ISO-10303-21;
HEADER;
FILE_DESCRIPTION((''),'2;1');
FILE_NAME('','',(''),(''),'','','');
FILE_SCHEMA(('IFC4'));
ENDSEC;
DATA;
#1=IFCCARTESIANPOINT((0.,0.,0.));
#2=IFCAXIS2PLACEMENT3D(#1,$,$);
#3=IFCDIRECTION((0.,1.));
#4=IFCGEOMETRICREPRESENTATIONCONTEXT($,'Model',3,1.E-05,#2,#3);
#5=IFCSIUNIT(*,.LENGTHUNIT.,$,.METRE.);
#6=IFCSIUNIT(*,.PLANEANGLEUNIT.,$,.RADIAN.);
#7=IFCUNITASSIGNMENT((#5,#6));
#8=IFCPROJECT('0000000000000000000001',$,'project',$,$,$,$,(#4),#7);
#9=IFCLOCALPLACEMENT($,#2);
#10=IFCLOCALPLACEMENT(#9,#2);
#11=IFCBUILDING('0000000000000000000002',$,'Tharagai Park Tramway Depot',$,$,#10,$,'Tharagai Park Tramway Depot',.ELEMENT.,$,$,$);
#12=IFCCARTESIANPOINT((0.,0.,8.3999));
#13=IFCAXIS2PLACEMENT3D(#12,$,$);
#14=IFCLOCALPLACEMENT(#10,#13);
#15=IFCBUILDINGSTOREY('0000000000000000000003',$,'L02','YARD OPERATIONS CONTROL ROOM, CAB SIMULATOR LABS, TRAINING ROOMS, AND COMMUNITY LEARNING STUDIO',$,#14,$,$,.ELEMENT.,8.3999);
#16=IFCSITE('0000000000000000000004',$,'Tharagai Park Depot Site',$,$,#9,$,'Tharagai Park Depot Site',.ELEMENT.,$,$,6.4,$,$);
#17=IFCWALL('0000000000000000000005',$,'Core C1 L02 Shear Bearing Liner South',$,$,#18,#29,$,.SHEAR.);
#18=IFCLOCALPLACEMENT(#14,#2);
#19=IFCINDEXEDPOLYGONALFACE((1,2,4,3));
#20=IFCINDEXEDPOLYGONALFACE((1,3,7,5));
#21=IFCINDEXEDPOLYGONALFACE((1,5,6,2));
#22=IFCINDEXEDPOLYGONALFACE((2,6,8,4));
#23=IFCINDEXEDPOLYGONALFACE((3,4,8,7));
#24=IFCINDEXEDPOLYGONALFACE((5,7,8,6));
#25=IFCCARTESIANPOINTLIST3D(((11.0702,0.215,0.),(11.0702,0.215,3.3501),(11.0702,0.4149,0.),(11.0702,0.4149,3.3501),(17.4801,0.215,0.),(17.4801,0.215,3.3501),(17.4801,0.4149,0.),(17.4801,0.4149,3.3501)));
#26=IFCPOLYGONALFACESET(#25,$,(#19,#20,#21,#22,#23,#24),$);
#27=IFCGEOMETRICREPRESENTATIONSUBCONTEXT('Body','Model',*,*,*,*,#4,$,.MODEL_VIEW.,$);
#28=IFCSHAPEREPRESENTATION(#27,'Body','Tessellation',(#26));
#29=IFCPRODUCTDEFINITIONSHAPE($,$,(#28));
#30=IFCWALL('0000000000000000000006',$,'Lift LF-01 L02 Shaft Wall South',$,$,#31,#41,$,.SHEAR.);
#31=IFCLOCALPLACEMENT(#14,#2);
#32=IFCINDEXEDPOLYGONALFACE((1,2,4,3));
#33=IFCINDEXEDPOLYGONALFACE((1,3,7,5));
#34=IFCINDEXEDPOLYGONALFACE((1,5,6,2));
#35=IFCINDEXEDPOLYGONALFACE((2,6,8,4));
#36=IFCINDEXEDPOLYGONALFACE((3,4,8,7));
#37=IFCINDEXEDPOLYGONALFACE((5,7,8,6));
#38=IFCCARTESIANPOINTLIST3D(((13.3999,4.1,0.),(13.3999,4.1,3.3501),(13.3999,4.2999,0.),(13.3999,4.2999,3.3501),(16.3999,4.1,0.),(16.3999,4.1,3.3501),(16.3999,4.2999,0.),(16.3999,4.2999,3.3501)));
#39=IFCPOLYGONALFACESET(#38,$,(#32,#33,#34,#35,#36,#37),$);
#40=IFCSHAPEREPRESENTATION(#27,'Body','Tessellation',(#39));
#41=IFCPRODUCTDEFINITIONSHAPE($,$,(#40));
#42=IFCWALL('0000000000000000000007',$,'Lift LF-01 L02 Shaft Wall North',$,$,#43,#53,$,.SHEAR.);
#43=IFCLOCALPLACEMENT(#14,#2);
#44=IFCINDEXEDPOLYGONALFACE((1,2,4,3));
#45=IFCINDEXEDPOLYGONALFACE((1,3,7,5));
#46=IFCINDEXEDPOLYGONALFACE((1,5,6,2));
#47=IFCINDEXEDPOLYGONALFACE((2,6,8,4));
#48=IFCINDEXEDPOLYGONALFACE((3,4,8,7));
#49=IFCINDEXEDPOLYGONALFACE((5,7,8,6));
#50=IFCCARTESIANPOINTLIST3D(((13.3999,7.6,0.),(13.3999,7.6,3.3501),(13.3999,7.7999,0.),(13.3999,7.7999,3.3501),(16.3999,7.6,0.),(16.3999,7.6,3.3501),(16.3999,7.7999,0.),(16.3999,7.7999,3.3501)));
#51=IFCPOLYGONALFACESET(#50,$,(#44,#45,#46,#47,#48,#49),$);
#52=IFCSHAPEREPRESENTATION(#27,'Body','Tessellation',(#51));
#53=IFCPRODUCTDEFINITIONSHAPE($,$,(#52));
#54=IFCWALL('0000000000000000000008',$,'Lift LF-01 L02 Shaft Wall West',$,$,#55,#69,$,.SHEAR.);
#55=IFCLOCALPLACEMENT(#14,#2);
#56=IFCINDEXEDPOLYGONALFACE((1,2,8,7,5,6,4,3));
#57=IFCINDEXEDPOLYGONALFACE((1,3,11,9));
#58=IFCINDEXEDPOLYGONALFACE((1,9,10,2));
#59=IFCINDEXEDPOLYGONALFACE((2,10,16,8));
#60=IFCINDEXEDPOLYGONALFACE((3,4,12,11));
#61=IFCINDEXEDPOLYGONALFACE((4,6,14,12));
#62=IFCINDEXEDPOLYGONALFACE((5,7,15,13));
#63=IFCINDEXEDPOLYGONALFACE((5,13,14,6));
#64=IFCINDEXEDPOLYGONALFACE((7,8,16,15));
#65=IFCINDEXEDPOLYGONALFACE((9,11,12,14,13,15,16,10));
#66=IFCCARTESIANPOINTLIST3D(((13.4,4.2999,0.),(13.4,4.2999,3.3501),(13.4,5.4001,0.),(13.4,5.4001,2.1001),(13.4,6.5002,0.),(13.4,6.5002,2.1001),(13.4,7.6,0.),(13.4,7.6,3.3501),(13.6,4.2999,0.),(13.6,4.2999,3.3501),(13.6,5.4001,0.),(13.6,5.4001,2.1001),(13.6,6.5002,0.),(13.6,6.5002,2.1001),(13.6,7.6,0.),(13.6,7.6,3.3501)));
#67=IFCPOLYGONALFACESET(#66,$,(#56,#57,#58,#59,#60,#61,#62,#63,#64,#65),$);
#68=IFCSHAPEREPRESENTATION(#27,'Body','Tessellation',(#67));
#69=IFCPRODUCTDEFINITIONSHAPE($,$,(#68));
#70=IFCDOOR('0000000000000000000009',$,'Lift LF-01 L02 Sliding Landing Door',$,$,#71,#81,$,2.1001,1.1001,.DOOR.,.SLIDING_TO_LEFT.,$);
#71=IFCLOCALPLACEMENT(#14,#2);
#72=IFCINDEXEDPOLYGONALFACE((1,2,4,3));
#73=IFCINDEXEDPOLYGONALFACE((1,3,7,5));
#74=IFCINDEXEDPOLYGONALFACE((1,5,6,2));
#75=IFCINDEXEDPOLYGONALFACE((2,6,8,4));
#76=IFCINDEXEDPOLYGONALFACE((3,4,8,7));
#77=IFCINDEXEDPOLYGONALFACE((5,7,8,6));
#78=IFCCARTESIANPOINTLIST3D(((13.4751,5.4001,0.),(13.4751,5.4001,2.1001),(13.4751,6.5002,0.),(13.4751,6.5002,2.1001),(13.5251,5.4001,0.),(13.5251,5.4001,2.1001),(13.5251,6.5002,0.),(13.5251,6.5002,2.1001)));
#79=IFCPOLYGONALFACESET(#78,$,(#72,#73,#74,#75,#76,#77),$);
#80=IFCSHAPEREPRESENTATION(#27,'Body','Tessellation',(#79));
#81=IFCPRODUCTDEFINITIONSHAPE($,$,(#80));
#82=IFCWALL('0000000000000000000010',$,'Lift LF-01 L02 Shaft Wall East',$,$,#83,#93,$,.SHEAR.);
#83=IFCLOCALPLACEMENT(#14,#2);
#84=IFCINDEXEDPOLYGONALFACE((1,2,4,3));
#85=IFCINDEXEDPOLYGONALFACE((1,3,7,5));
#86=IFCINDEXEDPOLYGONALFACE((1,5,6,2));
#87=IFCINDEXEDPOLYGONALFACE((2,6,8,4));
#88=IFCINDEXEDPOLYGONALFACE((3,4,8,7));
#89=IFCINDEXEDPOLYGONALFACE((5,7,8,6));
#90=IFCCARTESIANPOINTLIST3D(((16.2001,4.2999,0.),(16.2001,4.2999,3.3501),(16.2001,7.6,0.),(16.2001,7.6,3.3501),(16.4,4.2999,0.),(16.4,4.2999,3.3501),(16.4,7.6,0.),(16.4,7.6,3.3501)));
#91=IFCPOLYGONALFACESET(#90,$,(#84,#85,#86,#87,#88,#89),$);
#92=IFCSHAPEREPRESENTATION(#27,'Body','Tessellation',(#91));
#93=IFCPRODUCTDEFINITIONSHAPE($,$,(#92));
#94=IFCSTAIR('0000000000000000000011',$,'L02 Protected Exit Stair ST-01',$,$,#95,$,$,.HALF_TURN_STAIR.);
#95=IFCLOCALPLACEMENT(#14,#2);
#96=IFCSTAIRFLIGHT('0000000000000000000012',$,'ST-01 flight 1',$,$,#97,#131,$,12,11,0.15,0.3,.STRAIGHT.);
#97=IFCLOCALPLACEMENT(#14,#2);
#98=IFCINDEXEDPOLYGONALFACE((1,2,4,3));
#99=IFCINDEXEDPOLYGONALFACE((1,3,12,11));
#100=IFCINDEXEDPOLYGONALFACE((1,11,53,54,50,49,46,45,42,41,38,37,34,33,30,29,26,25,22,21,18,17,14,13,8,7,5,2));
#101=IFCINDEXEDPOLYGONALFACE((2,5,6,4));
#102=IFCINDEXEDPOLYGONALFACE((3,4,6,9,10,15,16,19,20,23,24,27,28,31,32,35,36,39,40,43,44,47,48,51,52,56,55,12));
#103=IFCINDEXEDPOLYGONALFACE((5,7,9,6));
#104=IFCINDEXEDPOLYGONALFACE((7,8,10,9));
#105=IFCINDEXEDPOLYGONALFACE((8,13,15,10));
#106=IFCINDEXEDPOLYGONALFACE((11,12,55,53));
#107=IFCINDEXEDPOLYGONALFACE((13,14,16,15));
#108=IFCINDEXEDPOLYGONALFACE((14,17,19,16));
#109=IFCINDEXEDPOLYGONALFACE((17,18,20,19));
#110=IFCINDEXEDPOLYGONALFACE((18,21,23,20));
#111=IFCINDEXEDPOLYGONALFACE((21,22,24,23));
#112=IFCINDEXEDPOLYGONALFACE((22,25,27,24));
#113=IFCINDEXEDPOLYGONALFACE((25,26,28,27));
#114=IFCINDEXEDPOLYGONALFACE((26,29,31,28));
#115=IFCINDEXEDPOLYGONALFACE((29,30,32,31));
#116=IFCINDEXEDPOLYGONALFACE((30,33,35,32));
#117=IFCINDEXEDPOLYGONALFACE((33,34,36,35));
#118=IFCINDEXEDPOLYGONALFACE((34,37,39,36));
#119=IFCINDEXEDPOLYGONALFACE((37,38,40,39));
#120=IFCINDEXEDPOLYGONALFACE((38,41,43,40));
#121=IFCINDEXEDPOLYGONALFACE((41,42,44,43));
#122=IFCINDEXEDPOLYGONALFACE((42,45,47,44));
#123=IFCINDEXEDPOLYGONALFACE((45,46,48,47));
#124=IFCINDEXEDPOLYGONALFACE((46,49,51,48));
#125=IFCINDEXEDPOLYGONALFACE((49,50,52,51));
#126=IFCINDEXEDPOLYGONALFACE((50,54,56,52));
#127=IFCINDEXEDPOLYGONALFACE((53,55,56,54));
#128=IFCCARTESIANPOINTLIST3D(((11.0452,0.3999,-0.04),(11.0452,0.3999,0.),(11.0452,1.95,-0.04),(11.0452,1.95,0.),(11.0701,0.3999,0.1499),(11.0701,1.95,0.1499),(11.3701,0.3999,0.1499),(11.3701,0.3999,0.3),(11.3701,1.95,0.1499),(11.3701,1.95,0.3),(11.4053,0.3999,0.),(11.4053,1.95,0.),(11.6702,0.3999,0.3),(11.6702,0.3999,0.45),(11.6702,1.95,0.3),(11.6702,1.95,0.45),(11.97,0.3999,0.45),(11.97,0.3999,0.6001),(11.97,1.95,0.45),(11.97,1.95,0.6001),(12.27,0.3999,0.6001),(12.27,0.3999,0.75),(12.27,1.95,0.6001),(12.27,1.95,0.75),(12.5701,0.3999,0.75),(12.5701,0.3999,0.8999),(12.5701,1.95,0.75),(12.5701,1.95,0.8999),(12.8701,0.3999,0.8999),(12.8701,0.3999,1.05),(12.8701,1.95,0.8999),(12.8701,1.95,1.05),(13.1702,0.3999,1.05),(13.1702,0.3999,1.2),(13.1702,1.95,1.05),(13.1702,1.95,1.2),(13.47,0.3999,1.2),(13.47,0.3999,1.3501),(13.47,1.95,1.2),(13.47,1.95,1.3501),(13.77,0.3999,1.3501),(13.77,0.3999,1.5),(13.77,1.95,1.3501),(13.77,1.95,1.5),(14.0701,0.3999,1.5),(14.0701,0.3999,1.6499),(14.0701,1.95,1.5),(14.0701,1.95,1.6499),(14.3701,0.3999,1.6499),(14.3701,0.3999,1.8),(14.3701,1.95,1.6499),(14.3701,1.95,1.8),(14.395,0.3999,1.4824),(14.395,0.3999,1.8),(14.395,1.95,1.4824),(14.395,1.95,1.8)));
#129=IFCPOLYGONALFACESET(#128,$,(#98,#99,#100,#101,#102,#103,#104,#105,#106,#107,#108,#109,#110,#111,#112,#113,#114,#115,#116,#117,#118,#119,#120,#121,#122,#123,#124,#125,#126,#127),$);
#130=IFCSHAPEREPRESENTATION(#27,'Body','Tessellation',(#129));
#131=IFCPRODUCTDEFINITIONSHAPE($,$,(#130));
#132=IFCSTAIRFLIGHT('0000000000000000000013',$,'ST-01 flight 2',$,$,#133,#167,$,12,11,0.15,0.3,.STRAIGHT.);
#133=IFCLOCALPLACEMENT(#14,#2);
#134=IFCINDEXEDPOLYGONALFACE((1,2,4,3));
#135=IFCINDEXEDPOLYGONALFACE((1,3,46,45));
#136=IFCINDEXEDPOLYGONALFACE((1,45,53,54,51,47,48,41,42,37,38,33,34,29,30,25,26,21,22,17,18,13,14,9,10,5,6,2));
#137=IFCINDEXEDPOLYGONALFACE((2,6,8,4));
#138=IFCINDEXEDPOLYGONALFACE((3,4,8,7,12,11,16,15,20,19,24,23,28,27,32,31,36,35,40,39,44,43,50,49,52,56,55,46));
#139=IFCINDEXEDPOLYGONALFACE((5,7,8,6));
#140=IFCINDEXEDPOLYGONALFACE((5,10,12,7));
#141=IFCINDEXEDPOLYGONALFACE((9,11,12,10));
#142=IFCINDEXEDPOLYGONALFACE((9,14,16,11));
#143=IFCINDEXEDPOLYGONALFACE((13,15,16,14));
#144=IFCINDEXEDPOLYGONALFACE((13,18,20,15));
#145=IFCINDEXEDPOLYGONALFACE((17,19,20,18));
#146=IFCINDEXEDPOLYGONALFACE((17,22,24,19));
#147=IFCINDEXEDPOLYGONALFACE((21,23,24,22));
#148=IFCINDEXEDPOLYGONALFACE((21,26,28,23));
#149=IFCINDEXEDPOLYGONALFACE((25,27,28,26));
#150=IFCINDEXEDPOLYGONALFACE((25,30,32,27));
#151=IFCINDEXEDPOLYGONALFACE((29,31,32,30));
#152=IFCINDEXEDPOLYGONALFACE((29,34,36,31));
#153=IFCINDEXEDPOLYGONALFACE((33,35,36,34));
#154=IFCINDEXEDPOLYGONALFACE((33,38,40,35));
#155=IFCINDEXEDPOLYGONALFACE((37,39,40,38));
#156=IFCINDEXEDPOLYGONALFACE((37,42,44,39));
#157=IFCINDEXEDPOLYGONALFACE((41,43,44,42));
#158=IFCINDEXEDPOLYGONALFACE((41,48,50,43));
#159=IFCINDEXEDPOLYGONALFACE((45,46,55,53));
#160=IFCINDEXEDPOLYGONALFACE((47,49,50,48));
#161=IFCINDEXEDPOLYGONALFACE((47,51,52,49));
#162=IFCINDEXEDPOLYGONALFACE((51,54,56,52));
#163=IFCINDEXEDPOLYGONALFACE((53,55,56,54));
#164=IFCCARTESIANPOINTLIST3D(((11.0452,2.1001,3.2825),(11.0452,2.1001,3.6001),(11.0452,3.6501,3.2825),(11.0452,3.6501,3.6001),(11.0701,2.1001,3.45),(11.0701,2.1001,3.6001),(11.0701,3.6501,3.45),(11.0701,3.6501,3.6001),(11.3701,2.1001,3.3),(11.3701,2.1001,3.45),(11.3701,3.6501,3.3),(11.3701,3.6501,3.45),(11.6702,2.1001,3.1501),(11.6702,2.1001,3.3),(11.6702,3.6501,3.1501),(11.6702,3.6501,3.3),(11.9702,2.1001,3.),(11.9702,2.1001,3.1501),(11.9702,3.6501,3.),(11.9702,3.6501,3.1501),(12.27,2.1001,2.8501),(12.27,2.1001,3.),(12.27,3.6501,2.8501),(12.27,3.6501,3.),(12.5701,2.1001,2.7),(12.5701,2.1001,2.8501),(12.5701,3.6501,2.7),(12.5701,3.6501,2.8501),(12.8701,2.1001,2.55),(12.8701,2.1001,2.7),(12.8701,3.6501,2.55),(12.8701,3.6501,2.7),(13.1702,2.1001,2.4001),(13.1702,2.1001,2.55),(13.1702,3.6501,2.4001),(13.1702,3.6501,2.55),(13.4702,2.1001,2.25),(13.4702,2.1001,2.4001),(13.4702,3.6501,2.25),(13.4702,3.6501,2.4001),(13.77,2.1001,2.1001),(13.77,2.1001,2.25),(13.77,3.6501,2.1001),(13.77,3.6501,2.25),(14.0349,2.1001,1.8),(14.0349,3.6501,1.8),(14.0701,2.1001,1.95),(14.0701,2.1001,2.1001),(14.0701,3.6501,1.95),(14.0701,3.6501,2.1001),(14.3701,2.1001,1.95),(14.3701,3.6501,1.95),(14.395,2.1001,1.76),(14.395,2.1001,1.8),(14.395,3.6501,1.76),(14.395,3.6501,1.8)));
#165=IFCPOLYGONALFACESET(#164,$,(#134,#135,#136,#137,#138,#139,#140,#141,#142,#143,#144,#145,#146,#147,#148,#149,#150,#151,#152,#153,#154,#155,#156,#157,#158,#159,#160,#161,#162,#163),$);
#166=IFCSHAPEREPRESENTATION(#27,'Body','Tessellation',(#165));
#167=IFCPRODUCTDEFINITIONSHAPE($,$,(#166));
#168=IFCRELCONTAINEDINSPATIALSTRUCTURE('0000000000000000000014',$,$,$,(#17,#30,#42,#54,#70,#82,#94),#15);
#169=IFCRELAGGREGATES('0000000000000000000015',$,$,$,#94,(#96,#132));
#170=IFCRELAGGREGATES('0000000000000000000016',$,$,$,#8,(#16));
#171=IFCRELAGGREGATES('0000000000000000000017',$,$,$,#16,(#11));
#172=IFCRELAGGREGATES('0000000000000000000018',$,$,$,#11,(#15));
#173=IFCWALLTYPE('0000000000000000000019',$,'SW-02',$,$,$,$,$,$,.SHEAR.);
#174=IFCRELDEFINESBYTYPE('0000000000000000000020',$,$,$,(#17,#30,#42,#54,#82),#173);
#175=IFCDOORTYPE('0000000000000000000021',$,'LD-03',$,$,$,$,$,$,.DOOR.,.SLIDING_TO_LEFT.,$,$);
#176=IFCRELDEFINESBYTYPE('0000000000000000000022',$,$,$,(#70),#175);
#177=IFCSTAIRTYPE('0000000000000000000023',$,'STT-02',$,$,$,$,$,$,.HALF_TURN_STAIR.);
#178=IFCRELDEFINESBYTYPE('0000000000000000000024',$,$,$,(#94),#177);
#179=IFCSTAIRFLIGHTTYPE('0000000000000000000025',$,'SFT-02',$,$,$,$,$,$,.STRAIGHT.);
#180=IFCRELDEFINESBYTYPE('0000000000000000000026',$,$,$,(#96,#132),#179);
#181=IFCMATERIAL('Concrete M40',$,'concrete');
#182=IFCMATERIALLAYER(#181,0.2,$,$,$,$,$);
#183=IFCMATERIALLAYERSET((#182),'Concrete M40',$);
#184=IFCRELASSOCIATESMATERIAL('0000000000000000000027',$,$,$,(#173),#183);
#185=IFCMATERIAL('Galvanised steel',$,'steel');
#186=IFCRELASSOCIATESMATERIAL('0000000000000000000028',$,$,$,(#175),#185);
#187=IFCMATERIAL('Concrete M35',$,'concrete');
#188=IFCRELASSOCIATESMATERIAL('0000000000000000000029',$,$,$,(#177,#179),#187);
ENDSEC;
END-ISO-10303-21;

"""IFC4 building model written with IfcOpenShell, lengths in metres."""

from ifc_helpers import new_model, si_unit, direction, frame, frame_2d, origin, place, context, subcontext, project, spatial, polyline, rectangle, outline, extrude, material, layer, layer_set, type_object, element, fill, aggregate, save


model = new_model("IFC4")

# Units and contexts
model_context = context("Model", 3, precision=1e-05, world=origin(), true_north=direction((0.0, 1.0)))
body_context = subcontext(model_context, "Body", "Model", "MODEL_VIEW")
ifc_project = project(units=[si_unit("LENGTHUNIT", "METRE"), si_unit("PLANEANGLEUNIT", "RADIAN")], contexts=[model_context])

# Site, building, storey
site_placement = place(None, origin())
site = spatial("IfcSite", under=ifc_project, at=site_placement, Name="Tharagai Park Depot Site", LongName="Tharagai Park Depot Site", CompositionType="ELEMENT", RefElevation=6.4)
building_placement = place(site_placement, origin())
building = spatial("IfcBuilding", under=site, at=building_placement, Name="Tharagai Park Tramway Depot", LongName="Tharagai Park Tramway Depot", CompositionType="ELEMENT")
storey_placement = place(building_placement, frame((0.0, 0.0, 8.3999)))
storey = spatial("IfcBuildingStorey", under=building, at=storey_placement, Name="L02", Description="YARD OPERATIONS CONTROL ROOM, CAB SIMULATOR LABS, TRAINING ROOMS, AND COMMUNITY LEARNING STUDIO", CompositionType="ELEMENT", Elevation=8.3999)

# Shared definitions
ifc_material_1 = material(Name="Concrete M40", Category="concrete")

# Shared definitions
ifc_material_2 = material(Name="Concrete M35", Category="concrete")

# Shared definitions
ifc_material_3 = material(Name="Galvanised steel", Category="steel")

# Walls
ifc_layer_1 = layer(ifc_material_1, 0.2)
ifc_layer_set_1 = layer_set([ifc_layer_1], Name="Concrete M40")
wall_type_1 = type_object("IfcWallType", Name="SW-02", PredefinedType="SHEAR", material=ifc_layer_set_1)
wall_1_placement = place(storey_placement, frame((11.0701, 0.3149, 0.0), z_axis=(0.0, 0.0, 1.0), x_axis=(1.0, 0.0, 0.0)))
element("IfcWall", 1, at=wall_1_placement, inside=storey, type_object=wall_type_1, Name="Core C1 L02 Shear Bearing Liner South", PredefinedType="SHEAR", context=body_context, shape_type="SweptSolid", body=[
    extrude(rectangle(XDim=6.4099, YDim=0.2, at=frame_2d((3.2051, 0.0))), origin(), (0.0, 0.0, 1.0), 3.3501),
])
for number, where, z_axis, x_axis, name in (
    (2, (13.3999, 4.2, 0.0), (0.0, 0.0, 1.0), (1.0, 0.0, 0.0), "Lift LF-01 L02 Shaft Wall South"),
    (3, (13.3999, 7.7, 0.0), (0.0, 0.0, 1.0), (1.0, 0.0, 0.0), "Lift LF-01 L02 Shaft Wall North"),
):
    element("IfcWall", number, at=place(storey_placement, frame(where, z_axis=z_axis, x_axis=x_axis)), inside=storey, type_object=wall_type_1, Name=name, PredefinedType="SHEAR", context=body_context, shape_type="SweptSolid", body=[
        extrude(rectangle(XDim=3.0, YDim=0.2, at=frame_2d((1.5, 0.0))), origin(), (0.0, 0.0, 1.0), 3.3501),
    ])

# Wall, opening, door
wall_2_placement = place(storey_placement, frame((13.5, 4.3, 0.0), z_axis=(0.0, 0.0, 1.0), x_axis=(0.0, 1.0, 0.0)))
wall_2 = element("IfcWall", 4, at=wall_2_placement, inside=storey, type_object=wall_type_1, Name="Lift LF-01 L02 Shaft Wall West", PredefinedType="SHEAR", context=body_context, shape_type="SweptSolid", body=[
    extrude(rectangle(XDim=3.3, YDim=0.2, at=frame_2d((1.6499, 0.0))), origin(), (0.0, 0.0, 1.0), 3.3501),
])
opening_1_placement = place(wall_2_placement, frame((1.1001, 0.0, 0.0)))
opening_1 = element("IfcOpeningElement", 5, at=opening_1_placement, cuts=wall_2, PredefinedType="OPENING", context=body_context, shape_type="SweptSolid", body=[
    extrude(rectangle(XDim=1.1001, YDim=2.1001, at=frame_2d((0.55, 1.05))), frame((0.0, 0.1099, 0.0), z_axis=(0.0, -1.0, 0.0), x_axis=(1.0, 0.0, 0.0)), (0.0, 0.0, 1.0), 0.22),
])
door_type_1 = type_object("IfcDoorType", Name="LD-03", OperationType="SLIDING_TO_LEFT", PredefinedType="DOOR", material=ifc_material_3)
door_1_placement = place(opening_1_placement, origin())
door_1 = element("IfcDoor", 6, at=door_1_placement, inside=storey, type_object=door_type_1, Name="Lift LF-01 L02 Sliding Landing Door", OperationType="SLIDING_TO_LEFT", OverallHeight=2.1001, OverallWidth=1.1001, PredefinedType="DOOR", context=body_context, shape_type="SweptSolid", body=[
    extrude(rectangle(XDim=1.1001, YDim=2.1001, at=frame_2d((0.55, 1.05))), frame((0.0, 0.0249, 0.0), z_axis=(0.0, -1.0, 0.0), x_axis=(1.0, 0.0, 0.0)), (0.0, 0.0, 1.0), 0.05),
])
fill(opening_1, door_1)

# Wall
wall_3_placement = place(storey_placement, frame((16.3, 4.3, 0.0), z_axis=(0.0, 0.0, 1.0), x_axis=(0.0, 1.0, 0.0)))
element("IfcWall", 7, at=wall_3_placement, inside=storey, type_object=wall_type_1, Name="Lift LF-01 L02 Shaft Wall East", PredefinedType="SHEAR", context=body_context, shape_type="SweptSolid", body=[
    extrude(rectangle(XDim=3.3, YDim=0.2, at=frame_2d((1.6499, 0.0))), origin(), (0.0, 0.0, 1.0), 3.3501),
])

# Stair, stair flights
stair_type = type_object("IfcStairType", Name="STT-02", PredefinedType="HALF_TURN_STAIR", material=ifc_material_2)
stair_placement = place(storey_placement, origin())
stair = element("IfcStair", 8, at=stair_placement, inside=storey, type_object=stair_type, Name="L02 Protected Exit Stair ST-01", PredefinedType="HALF_TURN_STAIR")
stair_flight_type = type_object("IfcStairFlightType", Name="SFT-02", PredefinedType="STRAIGHT", material=ifc_material_2)
stair_flight_1_placement = place(storey_placement, frame((11.0701, 1.175, 0.0), z_axis=(0.0, 0.0, 1.0), x_axis=(1.0, 0.0, 0.0)))
stair_flight_1 = element("IfcStairFlight", 9, at=stair_flight_1_placement, type_object=stair_flight_type, Name="ST-01 flight 1", NumberOfRisers=12, NumberOfTreads=11, PredefinedType="STRAIGHT", RiserHeight=0.15, TreadLength=0.3, context=body_context, shape_type="SweptSolid", body=[
    extrude(outline(polyline([(-0.0249, 0.0), (0.0, 0.1499), (0.3, 0.1499), (0.3, 0.3), (0.6001, 0.3), (0.6001, 0.45), (0.8999, 0.45), (0.8999, 0.6001), (1.2, 0.6001), (1.2, 0.75), (1.5, 0.75), (1.5, 0.8999), (1.8, 0.8999), (1.8, 1.05), (2.1001, 1.05), (2.1001, 1.2), (2.3999, 1.2), (2.3999, 1.3501), (2.7, 1.3501), (2.7, 1.5), (3.0, 1.5), (3.0, 1.6499), (3.3, 1.6499), (3.3, 1.8), (3.325, 1.8), (3.325, 1.4824), (0.3352, 0.0), (-0.0249, -0.04), (-0.0249, 0.0)])), frame((0.0, 0.7749, 0.0), z_axis=(0.0, -1.0, 0.0), x_axis=(1.0, 0.0, 0.0)), (0.0, 0.0, 1.0), 1.55),
])
stair_flight_2_placement = place(storey_placement, frame((14.3701, 2.875, 1.8), z_axis=(0.0, 0.0, 1.0), x_axis=(-1.0, 0.0, 0.0)))
stair_flight_2 = element("IfcStairFlight", 10, at=stair_flight_2_placement, type_object=stair_flight_type, Name="ST-01 flight 2", NumberOfRisers=12, NumberOfTreads=11, PredefinedType="STRAIGHT", RiserHeight=0.15, TreadLength=0.3, context=body_context, shape_type="SweptSolid", body=[
    extrude(outline(polyline([(-0.0249, 0.0), (0.0, 0.1499), (0.3, 0.1499), (0.3, 0.3), (0.6001, 0.3), (0.6001, 0.45), (0.8999, 0.45), (0.8999, 0.6001), (1.2, 0.6001), (1.2, 0.75), (1.5, 0.75), (1.5, 0.8999), (1.8, 0.8999), (1.8, 1.05), (2.1001, 1.05), (2.1001, 1.2), (2.3999, 1.2), (2.3999, 1.3501), (2.7, 1.3501), (2.7, 1.5), (3.0, 1.5), (3.0, 1.6499), (3.3, 1.6499), (3.3, 1.8), (3.325, 1.8), (3.325, 1.4824), (0.3352, 0.0), (-0.0249, -0.04), (-0.0249, 0.0)])), frame((0.0, 0.7749, 0.0), z_axis=(0.0, -1.0, 0.0), x_axis=(1.0, 0.0, 0.0)), (0.0, 0.0, 1.0), 1.55),
])
aggregate(stair, [stair_flight_1, stair_flight_2])

save(model, "model.ifc")
